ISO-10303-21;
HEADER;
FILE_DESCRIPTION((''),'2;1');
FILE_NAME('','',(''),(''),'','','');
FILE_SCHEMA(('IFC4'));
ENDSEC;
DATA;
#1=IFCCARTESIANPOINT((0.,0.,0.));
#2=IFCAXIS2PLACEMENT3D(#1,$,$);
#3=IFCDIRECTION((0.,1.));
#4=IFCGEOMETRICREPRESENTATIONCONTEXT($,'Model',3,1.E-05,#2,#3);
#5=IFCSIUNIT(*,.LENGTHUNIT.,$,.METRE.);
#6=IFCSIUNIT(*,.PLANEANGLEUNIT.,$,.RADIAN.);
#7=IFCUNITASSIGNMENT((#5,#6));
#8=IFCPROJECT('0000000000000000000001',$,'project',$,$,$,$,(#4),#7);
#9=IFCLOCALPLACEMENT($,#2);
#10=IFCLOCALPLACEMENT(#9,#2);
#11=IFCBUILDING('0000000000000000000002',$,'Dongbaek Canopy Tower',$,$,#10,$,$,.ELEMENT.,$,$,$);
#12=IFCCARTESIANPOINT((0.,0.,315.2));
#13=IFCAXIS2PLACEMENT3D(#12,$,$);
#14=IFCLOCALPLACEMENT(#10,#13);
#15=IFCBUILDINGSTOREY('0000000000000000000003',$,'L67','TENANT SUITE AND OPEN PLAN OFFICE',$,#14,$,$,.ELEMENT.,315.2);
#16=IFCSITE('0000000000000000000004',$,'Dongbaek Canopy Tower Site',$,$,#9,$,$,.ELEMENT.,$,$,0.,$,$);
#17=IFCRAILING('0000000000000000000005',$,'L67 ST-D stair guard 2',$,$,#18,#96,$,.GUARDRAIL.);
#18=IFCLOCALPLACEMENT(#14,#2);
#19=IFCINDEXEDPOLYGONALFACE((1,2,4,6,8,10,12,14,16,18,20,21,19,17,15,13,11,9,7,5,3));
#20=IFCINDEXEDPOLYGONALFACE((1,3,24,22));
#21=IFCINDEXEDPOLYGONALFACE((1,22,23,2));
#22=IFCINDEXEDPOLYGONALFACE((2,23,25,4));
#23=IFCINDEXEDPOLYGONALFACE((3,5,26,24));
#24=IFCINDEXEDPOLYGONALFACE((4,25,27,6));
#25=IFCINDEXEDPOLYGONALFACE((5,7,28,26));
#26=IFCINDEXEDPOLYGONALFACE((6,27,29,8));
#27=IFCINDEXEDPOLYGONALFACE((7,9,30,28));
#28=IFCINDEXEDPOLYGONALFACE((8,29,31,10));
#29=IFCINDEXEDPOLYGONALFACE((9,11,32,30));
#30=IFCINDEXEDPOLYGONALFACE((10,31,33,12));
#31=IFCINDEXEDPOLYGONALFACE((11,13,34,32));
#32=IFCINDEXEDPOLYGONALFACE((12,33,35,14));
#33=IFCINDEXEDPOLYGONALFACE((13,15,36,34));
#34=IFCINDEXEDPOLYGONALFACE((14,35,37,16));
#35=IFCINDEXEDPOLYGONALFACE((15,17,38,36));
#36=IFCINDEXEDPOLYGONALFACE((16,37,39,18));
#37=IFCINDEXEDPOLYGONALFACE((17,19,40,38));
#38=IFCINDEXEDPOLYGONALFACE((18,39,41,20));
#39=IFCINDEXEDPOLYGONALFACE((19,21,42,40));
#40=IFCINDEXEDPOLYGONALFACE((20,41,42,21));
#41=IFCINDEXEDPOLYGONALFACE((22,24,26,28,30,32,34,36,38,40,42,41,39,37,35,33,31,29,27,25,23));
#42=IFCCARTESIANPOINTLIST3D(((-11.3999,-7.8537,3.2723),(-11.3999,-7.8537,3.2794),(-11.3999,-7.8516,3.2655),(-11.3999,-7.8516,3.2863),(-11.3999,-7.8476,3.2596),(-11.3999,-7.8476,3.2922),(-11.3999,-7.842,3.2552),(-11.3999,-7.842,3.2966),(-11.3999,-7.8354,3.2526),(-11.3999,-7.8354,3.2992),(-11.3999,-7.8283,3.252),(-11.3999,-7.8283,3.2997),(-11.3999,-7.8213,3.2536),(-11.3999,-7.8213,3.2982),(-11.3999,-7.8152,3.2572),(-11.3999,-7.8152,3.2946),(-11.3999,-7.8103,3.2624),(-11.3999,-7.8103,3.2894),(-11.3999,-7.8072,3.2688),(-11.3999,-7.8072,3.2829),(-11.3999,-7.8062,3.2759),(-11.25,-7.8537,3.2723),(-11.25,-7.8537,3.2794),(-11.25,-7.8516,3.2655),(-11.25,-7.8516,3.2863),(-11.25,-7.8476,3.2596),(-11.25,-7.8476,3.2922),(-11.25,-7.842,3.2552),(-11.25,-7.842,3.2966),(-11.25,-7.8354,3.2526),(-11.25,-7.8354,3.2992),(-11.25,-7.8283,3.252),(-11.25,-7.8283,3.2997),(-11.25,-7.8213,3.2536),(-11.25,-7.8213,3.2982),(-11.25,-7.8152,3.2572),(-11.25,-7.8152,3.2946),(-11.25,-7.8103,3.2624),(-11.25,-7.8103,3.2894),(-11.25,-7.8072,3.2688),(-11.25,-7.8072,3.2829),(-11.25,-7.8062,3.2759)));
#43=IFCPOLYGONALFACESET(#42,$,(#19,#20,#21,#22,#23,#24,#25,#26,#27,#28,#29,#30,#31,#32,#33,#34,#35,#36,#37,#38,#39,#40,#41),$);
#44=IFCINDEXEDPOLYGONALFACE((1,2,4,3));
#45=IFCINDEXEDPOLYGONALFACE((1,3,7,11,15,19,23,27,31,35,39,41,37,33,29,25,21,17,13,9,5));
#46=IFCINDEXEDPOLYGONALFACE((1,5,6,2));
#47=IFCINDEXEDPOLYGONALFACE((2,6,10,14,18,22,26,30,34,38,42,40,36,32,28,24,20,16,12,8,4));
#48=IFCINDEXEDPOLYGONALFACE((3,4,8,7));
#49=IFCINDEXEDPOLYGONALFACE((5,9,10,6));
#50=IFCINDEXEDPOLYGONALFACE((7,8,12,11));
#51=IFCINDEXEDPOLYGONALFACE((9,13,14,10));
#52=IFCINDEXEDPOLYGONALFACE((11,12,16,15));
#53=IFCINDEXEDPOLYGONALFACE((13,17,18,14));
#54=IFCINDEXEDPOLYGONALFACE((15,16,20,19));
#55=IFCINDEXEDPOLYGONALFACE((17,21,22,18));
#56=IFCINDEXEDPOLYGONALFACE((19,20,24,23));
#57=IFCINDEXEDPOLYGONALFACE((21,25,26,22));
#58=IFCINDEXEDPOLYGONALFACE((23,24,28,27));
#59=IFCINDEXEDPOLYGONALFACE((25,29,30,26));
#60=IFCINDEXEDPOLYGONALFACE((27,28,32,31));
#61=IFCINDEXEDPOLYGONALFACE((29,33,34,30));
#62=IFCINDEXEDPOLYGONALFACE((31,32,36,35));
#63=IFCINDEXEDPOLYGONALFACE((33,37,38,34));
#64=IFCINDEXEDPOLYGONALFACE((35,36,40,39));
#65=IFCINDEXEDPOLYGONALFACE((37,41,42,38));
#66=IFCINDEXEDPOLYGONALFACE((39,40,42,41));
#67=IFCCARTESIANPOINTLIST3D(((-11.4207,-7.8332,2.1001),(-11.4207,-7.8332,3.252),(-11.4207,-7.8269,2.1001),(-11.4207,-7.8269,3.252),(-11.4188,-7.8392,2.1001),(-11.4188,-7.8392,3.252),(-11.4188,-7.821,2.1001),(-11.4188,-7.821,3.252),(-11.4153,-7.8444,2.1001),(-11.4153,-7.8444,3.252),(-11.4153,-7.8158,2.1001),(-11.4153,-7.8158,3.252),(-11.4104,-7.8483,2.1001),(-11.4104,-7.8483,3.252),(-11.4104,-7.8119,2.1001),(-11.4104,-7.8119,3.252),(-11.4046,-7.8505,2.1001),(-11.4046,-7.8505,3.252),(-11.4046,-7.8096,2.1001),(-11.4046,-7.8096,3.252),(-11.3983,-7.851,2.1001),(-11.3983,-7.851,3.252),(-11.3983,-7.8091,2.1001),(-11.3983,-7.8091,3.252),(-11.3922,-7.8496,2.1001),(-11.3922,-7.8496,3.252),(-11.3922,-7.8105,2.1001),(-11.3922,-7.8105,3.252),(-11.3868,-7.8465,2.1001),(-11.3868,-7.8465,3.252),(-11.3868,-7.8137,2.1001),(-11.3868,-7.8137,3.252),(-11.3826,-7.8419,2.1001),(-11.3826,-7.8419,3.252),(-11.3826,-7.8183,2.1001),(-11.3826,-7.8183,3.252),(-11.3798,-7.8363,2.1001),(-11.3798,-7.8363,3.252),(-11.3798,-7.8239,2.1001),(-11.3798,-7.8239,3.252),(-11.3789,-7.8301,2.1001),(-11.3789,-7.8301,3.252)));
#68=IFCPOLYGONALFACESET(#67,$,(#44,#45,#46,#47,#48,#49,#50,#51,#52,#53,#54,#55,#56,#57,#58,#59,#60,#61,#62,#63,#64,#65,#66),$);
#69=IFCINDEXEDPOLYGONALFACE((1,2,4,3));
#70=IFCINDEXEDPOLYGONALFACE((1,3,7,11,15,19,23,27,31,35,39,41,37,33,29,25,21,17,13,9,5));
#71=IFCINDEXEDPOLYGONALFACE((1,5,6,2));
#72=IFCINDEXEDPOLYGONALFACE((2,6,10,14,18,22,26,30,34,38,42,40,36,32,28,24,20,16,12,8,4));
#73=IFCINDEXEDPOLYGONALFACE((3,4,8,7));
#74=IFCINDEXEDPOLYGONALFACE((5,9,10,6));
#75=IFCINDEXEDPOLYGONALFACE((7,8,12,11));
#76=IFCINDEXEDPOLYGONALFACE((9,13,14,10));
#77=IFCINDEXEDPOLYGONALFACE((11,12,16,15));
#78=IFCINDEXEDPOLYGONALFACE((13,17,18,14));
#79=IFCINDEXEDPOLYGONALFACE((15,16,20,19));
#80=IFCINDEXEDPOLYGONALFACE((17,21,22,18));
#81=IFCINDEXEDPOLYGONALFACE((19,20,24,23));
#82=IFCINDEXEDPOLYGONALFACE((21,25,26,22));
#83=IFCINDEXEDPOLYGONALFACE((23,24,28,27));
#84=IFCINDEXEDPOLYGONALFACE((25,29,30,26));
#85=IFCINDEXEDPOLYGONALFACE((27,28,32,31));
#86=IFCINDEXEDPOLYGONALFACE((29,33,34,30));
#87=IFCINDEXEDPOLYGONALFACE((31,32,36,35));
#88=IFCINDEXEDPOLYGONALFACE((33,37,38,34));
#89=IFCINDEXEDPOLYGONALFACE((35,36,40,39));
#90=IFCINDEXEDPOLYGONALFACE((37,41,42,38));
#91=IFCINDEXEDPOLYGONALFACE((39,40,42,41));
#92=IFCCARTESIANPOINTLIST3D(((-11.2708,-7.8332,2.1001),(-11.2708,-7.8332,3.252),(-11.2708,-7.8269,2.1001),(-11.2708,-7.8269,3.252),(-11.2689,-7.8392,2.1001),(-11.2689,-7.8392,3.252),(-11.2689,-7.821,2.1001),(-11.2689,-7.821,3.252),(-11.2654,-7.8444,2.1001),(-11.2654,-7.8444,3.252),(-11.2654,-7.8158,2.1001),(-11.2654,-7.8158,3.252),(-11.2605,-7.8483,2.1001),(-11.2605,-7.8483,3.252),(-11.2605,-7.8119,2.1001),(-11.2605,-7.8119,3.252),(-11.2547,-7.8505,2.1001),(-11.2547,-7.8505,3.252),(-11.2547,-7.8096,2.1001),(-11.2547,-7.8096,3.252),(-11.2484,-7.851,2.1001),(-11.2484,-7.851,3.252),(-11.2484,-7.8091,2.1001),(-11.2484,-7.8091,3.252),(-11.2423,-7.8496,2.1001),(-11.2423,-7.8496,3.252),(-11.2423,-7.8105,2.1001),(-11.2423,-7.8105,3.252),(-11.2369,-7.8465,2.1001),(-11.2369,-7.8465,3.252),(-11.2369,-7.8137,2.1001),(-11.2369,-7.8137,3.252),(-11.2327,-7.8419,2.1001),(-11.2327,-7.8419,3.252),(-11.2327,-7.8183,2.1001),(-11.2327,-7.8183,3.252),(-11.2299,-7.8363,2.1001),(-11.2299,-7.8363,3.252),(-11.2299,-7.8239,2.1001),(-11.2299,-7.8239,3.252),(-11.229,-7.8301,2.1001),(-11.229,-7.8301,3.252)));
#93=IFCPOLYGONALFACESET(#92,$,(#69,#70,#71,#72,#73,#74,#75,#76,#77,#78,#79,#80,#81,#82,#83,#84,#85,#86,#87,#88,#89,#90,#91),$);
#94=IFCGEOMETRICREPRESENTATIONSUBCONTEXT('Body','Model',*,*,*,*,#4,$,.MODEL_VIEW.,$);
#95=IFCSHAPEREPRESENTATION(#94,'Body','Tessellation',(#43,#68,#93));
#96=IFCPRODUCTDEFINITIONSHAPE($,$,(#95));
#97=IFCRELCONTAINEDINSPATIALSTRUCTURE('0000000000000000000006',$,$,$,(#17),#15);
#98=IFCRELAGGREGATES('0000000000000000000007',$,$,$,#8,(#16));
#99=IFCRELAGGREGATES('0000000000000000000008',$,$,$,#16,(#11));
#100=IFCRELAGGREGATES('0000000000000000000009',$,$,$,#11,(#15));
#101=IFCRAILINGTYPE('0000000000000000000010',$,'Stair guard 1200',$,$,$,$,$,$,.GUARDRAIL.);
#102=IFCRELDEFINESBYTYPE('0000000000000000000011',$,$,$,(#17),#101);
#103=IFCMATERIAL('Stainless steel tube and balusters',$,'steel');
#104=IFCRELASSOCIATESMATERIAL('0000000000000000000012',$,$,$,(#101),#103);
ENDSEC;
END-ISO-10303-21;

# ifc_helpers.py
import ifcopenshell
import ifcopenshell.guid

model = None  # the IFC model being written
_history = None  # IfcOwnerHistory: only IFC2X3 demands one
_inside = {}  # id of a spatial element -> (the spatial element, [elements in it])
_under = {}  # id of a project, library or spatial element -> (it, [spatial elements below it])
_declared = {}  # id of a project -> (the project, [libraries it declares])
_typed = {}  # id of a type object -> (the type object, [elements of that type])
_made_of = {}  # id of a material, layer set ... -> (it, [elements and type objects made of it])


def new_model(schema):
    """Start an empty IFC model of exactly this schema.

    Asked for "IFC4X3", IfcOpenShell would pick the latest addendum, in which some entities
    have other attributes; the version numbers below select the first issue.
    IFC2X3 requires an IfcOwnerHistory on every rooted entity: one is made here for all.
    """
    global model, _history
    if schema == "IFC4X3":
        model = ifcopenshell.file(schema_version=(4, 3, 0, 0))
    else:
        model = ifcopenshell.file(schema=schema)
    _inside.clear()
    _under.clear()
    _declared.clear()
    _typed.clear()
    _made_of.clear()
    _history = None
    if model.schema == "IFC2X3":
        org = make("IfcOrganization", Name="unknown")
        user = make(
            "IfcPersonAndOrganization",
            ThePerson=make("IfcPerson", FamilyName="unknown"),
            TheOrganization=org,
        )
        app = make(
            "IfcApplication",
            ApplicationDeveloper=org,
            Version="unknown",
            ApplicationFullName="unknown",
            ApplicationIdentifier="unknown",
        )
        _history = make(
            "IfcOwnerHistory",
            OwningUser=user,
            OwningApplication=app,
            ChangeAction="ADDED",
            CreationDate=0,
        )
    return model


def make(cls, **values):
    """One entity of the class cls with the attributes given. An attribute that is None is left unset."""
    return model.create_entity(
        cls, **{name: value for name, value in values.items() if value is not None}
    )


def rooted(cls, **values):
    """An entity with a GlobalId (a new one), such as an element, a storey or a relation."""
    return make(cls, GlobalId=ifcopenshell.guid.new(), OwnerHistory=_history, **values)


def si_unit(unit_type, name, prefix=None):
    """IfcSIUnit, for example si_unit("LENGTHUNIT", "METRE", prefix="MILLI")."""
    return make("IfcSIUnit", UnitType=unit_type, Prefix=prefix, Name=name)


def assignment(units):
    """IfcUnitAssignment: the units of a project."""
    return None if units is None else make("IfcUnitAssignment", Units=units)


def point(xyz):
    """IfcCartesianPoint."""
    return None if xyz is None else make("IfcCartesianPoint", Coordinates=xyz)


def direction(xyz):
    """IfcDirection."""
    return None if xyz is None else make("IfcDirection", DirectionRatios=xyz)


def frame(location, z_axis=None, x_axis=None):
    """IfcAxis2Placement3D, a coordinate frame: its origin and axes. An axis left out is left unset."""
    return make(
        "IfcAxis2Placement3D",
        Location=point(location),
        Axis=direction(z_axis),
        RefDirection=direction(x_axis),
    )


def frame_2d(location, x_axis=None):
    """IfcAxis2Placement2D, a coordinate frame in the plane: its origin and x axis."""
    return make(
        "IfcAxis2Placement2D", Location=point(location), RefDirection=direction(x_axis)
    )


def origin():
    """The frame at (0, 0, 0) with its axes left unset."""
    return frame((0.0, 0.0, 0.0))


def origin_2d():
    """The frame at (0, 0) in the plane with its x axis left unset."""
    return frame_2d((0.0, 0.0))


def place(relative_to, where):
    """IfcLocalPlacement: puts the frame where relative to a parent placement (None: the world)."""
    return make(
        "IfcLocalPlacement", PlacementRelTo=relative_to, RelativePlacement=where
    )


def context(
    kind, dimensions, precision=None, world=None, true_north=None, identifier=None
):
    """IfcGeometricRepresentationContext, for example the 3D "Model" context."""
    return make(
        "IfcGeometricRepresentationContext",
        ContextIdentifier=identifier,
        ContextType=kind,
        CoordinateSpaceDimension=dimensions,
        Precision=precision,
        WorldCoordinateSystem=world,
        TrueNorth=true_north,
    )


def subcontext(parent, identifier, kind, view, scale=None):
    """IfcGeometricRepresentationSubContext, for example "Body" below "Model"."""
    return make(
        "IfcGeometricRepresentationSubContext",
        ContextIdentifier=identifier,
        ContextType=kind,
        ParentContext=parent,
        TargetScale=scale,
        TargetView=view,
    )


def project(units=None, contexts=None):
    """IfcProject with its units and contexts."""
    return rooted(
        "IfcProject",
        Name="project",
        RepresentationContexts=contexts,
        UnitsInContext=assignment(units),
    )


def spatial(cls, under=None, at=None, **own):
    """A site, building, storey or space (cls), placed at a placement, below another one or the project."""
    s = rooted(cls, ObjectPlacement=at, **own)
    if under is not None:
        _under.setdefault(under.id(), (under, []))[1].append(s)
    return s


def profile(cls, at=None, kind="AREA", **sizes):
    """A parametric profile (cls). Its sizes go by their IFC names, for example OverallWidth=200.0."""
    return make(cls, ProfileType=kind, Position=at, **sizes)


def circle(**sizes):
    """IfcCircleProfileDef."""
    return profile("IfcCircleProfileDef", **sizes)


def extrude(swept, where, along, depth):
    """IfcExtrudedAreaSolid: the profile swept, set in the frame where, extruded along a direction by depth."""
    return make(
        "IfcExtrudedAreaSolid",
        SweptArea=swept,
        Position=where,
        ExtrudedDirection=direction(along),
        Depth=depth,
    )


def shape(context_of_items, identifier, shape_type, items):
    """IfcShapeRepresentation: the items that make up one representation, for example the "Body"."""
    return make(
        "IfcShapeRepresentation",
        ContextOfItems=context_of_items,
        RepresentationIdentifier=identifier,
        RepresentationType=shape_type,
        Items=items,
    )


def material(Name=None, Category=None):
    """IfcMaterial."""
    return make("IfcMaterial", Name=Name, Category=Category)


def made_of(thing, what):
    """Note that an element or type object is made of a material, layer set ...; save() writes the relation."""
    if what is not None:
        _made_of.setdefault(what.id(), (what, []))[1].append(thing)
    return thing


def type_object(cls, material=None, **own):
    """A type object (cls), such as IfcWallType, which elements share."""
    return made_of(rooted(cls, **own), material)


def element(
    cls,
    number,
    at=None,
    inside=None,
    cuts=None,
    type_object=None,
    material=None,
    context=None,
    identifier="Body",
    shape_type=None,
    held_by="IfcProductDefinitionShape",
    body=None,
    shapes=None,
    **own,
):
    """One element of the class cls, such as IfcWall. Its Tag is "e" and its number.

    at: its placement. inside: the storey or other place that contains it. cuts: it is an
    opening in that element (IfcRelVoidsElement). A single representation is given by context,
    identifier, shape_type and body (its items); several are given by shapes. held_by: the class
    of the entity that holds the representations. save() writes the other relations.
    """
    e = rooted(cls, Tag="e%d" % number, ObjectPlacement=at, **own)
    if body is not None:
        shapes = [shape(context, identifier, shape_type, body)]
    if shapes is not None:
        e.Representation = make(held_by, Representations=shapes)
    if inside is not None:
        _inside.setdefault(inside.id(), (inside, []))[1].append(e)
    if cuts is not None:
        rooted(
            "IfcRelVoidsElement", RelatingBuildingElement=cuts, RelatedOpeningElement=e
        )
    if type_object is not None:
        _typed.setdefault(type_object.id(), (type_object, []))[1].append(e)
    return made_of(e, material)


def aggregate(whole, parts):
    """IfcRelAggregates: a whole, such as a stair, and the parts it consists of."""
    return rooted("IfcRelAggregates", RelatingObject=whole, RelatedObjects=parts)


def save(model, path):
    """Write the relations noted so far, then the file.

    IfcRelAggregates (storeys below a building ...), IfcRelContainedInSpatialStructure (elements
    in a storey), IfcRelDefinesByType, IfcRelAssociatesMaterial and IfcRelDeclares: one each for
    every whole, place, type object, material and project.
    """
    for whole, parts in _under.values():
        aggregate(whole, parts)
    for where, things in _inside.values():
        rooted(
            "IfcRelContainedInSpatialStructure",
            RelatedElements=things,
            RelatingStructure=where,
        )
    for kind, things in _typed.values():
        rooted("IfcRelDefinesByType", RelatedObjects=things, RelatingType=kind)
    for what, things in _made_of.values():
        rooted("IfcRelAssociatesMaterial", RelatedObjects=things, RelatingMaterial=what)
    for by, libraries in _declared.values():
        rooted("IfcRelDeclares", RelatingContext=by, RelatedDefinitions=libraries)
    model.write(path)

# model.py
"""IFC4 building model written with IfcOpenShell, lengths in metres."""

from ifc_helpers import new_model, si_unit, direction, frame, origin, origin_2d, place, context, subcontext, project, spatial, circle, extrude, material, type_object, element, save


model = new_model("IFC4")

# Units and contexts
model_context = context("Model", 3, precision=1e-05, world=origin(), true_north=direction((0.0, 1.0)))
body_context = subcontext(model_context, "Body", "Model", "MODEL_VIEW")
ifc_project = project(units=[si_unit("LENGTHUNIT", "METRE"), si_unit("PLANEANGLEUNIT", "RADIAN")], contexts=[model_context])

# Site, building, storey
site_placement = place(None, origin())
site = spatial("IfcSite", under=ifc_project, at=site_placement, Name="Dongbaek Canopy Tower Site", CompositionType="ELEMENT", RefElevation=0.0)
building_placement = place(site_placement, origin())
building = spatial("IfcBuilding", under=site, at=building_placement, Name="Dongbaek Canopy Tower", CompositionType="ELEMENT")
storey_placement = place(building_placement, frame((0.0, 0.0, 315.2)))
storey = spatial("IfcBuildingStorey", under=building, at=storey_placement, Name="L67", Description="TENANT SUITE AND OPEN PLAN OFFICE", CompositionType="ELEMENT", Elevation=315.2)

# Railing
ifc_material_1 = material(Name="Stainless steel tube and balusters", Category="steel")
railing_type_1 = type_object("IfcRailingType", Name="Stair guard 1200", PredefinedType="GUARDRAIL", material=ifc_material_1)
railing_1_placement = place(storey_placement, frame((-11.3999, -7.8301, 2.1001)))
element("IfcRailing", 1, at=railing_1_placement, inside=storey, type_object=railing_type_1, Name="L67 ST-D stair guard 2", PredefinedType="GUARDRAIL", context=body_context, shape_type="SweptSolid", body=[
    extrude(circle(Radius=0.0239, at=origin_2d()), frame((0.0, 0.0, 1.1758), z_axis=(1.0, 0.0, 0.0), x_axis=(0.0, 1.0, 0.0)), (0.0, 0.0, 1.0), 0.1499),
    extrude(circle(Radius=0.021, at=origin_2d()), origin(), (0.0, 0.0, 1.0), 1.1519),
    extrude(circle(Radius=0.021, at=origin_2d()), frame((0.1499, 0.0, 0.0)), (0.0, 0.0, 1.0), 1.1519),
])

save(model, "model.ifc")
